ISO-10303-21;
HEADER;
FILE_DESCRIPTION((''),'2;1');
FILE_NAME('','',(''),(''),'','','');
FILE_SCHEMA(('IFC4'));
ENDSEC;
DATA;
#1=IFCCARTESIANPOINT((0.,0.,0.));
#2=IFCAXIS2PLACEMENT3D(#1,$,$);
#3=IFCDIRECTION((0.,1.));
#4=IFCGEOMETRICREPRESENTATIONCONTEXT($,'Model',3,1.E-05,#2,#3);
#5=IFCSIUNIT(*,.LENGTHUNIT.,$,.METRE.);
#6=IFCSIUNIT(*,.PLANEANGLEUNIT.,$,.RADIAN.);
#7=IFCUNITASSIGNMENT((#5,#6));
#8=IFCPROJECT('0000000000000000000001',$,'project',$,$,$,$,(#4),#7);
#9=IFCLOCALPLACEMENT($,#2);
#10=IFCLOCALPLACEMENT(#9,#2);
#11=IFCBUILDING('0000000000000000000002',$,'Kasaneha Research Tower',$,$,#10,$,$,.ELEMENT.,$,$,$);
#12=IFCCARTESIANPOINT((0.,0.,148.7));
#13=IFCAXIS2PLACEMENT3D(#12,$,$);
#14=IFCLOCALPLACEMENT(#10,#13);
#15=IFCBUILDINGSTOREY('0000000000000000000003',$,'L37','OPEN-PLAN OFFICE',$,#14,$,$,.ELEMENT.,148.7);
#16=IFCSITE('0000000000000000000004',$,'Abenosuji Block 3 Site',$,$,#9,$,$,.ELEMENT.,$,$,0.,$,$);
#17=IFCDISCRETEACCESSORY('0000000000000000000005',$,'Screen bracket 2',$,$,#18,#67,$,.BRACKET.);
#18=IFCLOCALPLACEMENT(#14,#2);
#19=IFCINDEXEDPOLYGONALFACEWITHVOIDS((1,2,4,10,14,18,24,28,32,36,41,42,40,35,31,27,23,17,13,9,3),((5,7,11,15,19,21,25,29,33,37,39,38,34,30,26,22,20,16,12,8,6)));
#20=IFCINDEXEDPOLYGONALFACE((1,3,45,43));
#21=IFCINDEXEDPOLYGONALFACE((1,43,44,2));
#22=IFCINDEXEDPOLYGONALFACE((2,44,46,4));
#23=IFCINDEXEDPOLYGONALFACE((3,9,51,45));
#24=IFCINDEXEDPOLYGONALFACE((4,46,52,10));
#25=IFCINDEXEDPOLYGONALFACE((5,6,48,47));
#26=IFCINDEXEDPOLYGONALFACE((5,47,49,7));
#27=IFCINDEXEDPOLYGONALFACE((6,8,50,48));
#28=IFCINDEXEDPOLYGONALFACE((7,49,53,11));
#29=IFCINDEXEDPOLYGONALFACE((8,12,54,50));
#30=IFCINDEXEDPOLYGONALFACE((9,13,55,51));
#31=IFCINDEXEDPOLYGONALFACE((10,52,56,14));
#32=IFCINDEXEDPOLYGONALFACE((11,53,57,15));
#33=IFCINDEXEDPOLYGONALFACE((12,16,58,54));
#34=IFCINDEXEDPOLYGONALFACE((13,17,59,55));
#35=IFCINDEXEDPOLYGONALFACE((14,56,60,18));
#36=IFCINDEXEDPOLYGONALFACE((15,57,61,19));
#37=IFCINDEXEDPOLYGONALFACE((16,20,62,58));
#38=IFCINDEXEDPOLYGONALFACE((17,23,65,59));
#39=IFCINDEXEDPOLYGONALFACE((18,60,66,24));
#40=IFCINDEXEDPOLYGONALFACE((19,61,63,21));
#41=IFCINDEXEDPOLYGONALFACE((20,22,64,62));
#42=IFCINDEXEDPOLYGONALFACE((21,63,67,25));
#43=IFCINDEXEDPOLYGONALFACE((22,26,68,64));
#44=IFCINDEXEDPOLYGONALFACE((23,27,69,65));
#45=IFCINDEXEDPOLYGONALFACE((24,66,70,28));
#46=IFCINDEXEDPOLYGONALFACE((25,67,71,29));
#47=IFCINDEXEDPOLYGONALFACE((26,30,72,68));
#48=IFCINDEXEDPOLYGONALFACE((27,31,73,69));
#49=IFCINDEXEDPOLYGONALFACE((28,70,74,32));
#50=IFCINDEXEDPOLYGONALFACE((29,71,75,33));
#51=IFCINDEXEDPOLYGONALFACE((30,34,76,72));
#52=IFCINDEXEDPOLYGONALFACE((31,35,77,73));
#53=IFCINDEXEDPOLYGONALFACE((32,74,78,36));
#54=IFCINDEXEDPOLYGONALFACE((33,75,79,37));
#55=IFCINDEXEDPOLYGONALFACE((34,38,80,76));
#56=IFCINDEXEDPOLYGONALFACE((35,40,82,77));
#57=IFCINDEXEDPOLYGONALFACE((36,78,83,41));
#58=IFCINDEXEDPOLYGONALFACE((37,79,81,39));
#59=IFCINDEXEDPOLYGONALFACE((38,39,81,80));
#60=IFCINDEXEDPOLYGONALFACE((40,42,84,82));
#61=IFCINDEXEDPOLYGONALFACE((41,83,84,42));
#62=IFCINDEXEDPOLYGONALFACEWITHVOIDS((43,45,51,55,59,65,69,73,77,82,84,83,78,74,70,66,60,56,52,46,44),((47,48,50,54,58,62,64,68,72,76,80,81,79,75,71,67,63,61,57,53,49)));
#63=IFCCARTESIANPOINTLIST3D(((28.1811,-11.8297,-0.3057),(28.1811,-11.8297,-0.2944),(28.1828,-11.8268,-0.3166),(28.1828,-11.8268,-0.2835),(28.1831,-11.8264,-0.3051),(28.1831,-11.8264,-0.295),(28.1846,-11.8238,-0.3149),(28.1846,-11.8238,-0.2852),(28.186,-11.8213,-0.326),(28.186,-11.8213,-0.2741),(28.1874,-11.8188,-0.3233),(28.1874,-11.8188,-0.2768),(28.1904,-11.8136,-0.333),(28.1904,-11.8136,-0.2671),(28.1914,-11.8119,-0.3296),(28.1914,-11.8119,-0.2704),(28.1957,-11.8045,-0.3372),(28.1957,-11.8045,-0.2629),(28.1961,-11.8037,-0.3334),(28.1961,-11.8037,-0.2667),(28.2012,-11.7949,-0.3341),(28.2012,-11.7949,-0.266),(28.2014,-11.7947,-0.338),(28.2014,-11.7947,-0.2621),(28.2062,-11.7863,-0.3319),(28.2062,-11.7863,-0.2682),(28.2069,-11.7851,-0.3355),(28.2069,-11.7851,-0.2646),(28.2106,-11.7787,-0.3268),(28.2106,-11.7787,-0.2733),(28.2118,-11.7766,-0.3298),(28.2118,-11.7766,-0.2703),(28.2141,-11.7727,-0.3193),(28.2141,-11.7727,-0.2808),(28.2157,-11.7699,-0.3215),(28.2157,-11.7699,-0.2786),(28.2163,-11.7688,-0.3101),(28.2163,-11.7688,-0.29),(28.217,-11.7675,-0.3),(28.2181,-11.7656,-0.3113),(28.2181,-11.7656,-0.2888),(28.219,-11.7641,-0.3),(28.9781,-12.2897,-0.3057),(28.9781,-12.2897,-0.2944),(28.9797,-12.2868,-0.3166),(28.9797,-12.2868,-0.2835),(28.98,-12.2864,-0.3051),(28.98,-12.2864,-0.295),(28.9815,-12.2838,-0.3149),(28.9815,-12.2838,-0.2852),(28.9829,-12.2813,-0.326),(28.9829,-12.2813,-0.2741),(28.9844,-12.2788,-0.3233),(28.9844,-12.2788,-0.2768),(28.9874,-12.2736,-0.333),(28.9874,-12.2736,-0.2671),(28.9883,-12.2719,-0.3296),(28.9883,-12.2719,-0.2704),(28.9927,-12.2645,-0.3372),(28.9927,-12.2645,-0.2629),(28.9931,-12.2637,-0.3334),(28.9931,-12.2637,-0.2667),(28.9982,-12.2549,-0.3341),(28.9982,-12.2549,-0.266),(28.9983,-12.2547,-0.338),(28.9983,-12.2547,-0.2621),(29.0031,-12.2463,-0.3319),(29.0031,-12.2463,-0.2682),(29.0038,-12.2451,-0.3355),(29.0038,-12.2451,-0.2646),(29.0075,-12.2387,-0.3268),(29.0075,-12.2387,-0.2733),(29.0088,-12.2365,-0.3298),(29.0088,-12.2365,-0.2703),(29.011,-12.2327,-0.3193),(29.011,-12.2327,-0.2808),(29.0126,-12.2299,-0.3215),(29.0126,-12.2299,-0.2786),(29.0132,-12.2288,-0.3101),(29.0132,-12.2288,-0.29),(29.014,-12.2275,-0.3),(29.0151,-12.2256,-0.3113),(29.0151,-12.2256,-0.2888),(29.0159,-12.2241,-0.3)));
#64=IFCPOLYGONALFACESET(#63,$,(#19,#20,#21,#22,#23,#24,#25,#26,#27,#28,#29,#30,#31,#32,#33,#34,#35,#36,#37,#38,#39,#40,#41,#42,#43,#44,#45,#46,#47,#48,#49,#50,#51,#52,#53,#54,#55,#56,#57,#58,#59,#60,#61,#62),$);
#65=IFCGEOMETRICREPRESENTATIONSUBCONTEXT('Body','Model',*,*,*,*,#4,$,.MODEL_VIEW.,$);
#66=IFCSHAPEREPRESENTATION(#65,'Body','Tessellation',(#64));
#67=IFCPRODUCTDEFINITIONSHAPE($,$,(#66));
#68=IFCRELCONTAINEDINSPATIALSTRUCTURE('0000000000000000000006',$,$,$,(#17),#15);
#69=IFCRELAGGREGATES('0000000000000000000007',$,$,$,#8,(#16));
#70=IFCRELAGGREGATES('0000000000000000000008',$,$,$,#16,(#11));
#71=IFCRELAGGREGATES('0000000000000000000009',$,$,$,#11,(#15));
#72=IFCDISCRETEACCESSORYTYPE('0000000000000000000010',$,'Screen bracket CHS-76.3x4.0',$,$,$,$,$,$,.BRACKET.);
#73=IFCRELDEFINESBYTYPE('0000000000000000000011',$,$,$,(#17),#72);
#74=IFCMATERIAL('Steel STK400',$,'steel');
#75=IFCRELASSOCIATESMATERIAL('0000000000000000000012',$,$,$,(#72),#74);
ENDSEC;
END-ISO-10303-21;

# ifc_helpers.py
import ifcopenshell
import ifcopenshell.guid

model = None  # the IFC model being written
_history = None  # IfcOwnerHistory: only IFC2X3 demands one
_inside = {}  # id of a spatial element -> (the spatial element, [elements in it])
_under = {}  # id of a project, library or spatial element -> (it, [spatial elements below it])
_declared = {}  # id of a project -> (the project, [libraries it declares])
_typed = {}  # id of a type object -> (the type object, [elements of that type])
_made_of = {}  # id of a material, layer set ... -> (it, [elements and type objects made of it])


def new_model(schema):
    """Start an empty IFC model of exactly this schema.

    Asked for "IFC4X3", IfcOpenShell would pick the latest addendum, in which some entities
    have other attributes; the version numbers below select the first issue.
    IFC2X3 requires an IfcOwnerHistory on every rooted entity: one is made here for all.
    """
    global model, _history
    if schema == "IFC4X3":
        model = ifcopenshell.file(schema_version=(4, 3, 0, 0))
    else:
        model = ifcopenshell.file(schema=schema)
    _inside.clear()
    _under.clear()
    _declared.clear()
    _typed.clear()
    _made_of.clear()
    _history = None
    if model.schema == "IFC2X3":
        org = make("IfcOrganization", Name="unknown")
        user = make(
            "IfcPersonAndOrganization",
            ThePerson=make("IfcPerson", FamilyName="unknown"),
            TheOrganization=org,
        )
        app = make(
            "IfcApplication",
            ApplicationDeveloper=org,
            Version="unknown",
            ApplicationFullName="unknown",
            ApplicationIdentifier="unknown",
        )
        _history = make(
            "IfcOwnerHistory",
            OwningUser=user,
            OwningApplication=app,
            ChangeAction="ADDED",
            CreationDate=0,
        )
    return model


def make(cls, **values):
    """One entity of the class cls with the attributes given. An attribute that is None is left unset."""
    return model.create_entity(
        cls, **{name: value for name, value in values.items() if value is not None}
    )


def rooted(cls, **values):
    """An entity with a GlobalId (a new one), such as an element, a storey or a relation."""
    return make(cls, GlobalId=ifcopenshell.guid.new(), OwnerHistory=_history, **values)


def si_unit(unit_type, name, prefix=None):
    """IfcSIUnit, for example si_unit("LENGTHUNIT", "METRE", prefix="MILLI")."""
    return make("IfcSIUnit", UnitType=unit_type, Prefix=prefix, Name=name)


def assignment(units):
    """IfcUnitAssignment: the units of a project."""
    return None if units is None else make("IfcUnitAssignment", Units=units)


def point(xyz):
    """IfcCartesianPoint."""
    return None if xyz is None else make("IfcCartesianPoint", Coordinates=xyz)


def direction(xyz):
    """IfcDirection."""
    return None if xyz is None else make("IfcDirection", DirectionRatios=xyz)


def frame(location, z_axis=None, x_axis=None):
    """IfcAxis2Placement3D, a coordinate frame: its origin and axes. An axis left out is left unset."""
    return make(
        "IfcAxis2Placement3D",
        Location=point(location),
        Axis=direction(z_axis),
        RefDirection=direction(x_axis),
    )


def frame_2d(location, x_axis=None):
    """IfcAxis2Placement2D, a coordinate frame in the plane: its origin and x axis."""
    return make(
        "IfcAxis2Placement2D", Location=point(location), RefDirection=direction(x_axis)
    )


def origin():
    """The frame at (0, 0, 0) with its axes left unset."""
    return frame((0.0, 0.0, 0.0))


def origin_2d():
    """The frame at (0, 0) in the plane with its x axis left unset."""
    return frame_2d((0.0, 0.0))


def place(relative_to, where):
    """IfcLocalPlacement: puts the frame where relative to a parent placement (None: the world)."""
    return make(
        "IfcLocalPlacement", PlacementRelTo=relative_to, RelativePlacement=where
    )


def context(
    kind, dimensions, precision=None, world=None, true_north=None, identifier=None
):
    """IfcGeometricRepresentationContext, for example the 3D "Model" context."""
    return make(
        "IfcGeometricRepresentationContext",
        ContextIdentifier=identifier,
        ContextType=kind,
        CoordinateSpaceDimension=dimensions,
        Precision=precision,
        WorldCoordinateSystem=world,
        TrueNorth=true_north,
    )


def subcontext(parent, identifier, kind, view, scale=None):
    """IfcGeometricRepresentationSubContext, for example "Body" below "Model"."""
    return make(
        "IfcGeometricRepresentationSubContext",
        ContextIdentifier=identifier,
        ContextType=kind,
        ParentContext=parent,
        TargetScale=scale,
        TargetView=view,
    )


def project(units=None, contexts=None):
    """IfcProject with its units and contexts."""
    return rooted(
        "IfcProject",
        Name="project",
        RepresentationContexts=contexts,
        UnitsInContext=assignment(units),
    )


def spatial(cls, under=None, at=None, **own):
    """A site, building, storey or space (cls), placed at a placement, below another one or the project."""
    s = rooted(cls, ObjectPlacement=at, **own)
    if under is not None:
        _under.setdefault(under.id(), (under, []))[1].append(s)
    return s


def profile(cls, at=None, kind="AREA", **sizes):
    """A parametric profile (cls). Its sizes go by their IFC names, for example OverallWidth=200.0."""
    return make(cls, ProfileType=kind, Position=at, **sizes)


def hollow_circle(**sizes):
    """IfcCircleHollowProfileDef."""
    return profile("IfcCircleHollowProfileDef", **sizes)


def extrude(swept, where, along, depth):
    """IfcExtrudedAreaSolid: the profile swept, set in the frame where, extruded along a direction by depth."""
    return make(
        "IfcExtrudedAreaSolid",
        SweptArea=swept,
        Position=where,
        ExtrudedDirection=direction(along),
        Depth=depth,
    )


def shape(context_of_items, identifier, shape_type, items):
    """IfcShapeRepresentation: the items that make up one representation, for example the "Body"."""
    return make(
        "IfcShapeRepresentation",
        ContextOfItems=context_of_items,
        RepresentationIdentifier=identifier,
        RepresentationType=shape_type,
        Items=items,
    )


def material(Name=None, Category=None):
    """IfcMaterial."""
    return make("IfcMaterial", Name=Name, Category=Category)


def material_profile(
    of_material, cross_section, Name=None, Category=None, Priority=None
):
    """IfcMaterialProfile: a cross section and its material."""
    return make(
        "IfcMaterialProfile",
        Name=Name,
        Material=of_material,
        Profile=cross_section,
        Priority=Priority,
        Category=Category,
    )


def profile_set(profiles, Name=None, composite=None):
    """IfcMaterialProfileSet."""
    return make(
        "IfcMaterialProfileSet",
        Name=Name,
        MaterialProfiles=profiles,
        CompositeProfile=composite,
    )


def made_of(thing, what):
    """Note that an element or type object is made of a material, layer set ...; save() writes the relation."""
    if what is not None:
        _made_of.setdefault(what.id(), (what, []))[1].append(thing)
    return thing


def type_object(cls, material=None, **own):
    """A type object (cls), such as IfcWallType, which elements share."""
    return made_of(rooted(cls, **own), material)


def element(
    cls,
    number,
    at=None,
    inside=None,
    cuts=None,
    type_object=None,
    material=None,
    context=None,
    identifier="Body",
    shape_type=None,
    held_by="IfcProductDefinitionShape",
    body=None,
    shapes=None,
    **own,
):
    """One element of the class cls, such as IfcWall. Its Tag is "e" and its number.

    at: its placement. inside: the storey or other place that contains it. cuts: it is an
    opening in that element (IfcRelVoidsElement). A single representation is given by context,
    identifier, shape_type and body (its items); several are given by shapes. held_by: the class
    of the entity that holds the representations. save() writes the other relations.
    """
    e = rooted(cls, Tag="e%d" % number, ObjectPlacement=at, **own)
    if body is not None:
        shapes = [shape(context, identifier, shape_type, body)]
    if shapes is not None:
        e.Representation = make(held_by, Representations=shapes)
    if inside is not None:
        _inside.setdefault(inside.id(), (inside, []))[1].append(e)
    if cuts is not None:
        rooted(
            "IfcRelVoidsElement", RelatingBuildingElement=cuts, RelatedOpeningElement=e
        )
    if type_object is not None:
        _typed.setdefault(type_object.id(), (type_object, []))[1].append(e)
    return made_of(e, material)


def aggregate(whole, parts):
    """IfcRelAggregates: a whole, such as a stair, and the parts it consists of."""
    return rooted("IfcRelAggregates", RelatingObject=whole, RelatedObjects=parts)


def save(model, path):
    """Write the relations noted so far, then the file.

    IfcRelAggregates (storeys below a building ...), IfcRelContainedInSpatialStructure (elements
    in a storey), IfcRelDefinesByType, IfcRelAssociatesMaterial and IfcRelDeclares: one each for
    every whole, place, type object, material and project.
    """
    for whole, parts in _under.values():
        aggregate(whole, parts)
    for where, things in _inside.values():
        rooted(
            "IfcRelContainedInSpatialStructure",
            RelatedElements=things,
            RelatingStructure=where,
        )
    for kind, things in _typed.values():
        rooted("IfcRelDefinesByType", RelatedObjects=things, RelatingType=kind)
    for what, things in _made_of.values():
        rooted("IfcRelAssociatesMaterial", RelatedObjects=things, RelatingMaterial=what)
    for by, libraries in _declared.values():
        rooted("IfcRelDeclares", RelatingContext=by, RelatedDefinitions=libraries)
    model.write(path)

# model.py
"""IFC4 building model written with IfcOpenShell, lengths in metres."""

from ifc_helpers import new_model, si_unit, direction, frame, origin, origin_2d, place, context, subcontext, project, spatial, hollow_circle, extrude, material, material_profile, profile_set, type_object, element, save


model = new_model("IFC4")

# Units and contexts
model_context = context("Model", 3, precision=1e-05, world=origin(), true_north=direction((0.0, 1.0)))
body_context = subcontext(model_context, "Body", "Model", "MODEL_VIEW")
ifc_project = project(units=[si_unit("LENGTHUNIT", "METRE"), si_unit("PLANEANGLEUNIT", "RADIAN")], contexts=[model_context])

# Site, building, storey
site_placement = place(None, origin())
site = spatial("IfcSite", under=ifc_project, at=site_placement, Name="Abenosuji Block 3 Site", CompositionType="ELEMENT", RefElevation=0.0)
building_placement = place(site_placement, origin())
building = spatial("IfcBuilding", under=site, at=building_placement, Name="Kasaneha Research Tower", CompositionType="ELEMENT")
storey_placement = place(building_placement, frame((0.0, 0.0, 148.7)))
storey = spatial("IfcBuildingStorey", under=building, at=storey_placement, Name="L37", Description="OPEN-PLAN OFFICE", CompositionType="ELEMENT", Elevation=148.7)

# Discrete accessory
ifc_material_1 = material(Name="Steel STK400", Category="steel")
ifc_material_profile_1 = material_profile(ifc_material_1, hollow_circle(Radius=0.0381, WallThickness=0.0039, at=origin_2d()), Name="CHS-76.3x4.0")
ifc_profile_set_1 = profile_set([ifc_material_profile_1], Name="Steel STK400")
discrete_accessory_type = type_object("IfcDiscreteAccessoryType", Name="Screen bracket CHS-76.3x4.0", PredefinedType="BRACKET", material=ifc_profile_set_1)
discrete_accessory_1_placement = place(storey_placement, frame((28.2, -11.7971, -0.3), z_axis=(0.86608, -0.499906, 0.0), x_axis=(0.499906, 0.86608, 0.0)))
element("IfcDiscreteAccessory", 1, at=discrete_accessory_1_placement, inside=storey, type_object=discrete_accessory_type, Name="Screen bracket 2", PredefinedType="BRACKET", context=body_context, shape_type="SweptSolid", body=[
    extrude(hollow_circle(Radius=0.0381, WallThickness=0.0039, at=origin_2d()), origin(), (0.0, 0.0, 1.0), 0.9202),
])

save(model, "model.ifc")
